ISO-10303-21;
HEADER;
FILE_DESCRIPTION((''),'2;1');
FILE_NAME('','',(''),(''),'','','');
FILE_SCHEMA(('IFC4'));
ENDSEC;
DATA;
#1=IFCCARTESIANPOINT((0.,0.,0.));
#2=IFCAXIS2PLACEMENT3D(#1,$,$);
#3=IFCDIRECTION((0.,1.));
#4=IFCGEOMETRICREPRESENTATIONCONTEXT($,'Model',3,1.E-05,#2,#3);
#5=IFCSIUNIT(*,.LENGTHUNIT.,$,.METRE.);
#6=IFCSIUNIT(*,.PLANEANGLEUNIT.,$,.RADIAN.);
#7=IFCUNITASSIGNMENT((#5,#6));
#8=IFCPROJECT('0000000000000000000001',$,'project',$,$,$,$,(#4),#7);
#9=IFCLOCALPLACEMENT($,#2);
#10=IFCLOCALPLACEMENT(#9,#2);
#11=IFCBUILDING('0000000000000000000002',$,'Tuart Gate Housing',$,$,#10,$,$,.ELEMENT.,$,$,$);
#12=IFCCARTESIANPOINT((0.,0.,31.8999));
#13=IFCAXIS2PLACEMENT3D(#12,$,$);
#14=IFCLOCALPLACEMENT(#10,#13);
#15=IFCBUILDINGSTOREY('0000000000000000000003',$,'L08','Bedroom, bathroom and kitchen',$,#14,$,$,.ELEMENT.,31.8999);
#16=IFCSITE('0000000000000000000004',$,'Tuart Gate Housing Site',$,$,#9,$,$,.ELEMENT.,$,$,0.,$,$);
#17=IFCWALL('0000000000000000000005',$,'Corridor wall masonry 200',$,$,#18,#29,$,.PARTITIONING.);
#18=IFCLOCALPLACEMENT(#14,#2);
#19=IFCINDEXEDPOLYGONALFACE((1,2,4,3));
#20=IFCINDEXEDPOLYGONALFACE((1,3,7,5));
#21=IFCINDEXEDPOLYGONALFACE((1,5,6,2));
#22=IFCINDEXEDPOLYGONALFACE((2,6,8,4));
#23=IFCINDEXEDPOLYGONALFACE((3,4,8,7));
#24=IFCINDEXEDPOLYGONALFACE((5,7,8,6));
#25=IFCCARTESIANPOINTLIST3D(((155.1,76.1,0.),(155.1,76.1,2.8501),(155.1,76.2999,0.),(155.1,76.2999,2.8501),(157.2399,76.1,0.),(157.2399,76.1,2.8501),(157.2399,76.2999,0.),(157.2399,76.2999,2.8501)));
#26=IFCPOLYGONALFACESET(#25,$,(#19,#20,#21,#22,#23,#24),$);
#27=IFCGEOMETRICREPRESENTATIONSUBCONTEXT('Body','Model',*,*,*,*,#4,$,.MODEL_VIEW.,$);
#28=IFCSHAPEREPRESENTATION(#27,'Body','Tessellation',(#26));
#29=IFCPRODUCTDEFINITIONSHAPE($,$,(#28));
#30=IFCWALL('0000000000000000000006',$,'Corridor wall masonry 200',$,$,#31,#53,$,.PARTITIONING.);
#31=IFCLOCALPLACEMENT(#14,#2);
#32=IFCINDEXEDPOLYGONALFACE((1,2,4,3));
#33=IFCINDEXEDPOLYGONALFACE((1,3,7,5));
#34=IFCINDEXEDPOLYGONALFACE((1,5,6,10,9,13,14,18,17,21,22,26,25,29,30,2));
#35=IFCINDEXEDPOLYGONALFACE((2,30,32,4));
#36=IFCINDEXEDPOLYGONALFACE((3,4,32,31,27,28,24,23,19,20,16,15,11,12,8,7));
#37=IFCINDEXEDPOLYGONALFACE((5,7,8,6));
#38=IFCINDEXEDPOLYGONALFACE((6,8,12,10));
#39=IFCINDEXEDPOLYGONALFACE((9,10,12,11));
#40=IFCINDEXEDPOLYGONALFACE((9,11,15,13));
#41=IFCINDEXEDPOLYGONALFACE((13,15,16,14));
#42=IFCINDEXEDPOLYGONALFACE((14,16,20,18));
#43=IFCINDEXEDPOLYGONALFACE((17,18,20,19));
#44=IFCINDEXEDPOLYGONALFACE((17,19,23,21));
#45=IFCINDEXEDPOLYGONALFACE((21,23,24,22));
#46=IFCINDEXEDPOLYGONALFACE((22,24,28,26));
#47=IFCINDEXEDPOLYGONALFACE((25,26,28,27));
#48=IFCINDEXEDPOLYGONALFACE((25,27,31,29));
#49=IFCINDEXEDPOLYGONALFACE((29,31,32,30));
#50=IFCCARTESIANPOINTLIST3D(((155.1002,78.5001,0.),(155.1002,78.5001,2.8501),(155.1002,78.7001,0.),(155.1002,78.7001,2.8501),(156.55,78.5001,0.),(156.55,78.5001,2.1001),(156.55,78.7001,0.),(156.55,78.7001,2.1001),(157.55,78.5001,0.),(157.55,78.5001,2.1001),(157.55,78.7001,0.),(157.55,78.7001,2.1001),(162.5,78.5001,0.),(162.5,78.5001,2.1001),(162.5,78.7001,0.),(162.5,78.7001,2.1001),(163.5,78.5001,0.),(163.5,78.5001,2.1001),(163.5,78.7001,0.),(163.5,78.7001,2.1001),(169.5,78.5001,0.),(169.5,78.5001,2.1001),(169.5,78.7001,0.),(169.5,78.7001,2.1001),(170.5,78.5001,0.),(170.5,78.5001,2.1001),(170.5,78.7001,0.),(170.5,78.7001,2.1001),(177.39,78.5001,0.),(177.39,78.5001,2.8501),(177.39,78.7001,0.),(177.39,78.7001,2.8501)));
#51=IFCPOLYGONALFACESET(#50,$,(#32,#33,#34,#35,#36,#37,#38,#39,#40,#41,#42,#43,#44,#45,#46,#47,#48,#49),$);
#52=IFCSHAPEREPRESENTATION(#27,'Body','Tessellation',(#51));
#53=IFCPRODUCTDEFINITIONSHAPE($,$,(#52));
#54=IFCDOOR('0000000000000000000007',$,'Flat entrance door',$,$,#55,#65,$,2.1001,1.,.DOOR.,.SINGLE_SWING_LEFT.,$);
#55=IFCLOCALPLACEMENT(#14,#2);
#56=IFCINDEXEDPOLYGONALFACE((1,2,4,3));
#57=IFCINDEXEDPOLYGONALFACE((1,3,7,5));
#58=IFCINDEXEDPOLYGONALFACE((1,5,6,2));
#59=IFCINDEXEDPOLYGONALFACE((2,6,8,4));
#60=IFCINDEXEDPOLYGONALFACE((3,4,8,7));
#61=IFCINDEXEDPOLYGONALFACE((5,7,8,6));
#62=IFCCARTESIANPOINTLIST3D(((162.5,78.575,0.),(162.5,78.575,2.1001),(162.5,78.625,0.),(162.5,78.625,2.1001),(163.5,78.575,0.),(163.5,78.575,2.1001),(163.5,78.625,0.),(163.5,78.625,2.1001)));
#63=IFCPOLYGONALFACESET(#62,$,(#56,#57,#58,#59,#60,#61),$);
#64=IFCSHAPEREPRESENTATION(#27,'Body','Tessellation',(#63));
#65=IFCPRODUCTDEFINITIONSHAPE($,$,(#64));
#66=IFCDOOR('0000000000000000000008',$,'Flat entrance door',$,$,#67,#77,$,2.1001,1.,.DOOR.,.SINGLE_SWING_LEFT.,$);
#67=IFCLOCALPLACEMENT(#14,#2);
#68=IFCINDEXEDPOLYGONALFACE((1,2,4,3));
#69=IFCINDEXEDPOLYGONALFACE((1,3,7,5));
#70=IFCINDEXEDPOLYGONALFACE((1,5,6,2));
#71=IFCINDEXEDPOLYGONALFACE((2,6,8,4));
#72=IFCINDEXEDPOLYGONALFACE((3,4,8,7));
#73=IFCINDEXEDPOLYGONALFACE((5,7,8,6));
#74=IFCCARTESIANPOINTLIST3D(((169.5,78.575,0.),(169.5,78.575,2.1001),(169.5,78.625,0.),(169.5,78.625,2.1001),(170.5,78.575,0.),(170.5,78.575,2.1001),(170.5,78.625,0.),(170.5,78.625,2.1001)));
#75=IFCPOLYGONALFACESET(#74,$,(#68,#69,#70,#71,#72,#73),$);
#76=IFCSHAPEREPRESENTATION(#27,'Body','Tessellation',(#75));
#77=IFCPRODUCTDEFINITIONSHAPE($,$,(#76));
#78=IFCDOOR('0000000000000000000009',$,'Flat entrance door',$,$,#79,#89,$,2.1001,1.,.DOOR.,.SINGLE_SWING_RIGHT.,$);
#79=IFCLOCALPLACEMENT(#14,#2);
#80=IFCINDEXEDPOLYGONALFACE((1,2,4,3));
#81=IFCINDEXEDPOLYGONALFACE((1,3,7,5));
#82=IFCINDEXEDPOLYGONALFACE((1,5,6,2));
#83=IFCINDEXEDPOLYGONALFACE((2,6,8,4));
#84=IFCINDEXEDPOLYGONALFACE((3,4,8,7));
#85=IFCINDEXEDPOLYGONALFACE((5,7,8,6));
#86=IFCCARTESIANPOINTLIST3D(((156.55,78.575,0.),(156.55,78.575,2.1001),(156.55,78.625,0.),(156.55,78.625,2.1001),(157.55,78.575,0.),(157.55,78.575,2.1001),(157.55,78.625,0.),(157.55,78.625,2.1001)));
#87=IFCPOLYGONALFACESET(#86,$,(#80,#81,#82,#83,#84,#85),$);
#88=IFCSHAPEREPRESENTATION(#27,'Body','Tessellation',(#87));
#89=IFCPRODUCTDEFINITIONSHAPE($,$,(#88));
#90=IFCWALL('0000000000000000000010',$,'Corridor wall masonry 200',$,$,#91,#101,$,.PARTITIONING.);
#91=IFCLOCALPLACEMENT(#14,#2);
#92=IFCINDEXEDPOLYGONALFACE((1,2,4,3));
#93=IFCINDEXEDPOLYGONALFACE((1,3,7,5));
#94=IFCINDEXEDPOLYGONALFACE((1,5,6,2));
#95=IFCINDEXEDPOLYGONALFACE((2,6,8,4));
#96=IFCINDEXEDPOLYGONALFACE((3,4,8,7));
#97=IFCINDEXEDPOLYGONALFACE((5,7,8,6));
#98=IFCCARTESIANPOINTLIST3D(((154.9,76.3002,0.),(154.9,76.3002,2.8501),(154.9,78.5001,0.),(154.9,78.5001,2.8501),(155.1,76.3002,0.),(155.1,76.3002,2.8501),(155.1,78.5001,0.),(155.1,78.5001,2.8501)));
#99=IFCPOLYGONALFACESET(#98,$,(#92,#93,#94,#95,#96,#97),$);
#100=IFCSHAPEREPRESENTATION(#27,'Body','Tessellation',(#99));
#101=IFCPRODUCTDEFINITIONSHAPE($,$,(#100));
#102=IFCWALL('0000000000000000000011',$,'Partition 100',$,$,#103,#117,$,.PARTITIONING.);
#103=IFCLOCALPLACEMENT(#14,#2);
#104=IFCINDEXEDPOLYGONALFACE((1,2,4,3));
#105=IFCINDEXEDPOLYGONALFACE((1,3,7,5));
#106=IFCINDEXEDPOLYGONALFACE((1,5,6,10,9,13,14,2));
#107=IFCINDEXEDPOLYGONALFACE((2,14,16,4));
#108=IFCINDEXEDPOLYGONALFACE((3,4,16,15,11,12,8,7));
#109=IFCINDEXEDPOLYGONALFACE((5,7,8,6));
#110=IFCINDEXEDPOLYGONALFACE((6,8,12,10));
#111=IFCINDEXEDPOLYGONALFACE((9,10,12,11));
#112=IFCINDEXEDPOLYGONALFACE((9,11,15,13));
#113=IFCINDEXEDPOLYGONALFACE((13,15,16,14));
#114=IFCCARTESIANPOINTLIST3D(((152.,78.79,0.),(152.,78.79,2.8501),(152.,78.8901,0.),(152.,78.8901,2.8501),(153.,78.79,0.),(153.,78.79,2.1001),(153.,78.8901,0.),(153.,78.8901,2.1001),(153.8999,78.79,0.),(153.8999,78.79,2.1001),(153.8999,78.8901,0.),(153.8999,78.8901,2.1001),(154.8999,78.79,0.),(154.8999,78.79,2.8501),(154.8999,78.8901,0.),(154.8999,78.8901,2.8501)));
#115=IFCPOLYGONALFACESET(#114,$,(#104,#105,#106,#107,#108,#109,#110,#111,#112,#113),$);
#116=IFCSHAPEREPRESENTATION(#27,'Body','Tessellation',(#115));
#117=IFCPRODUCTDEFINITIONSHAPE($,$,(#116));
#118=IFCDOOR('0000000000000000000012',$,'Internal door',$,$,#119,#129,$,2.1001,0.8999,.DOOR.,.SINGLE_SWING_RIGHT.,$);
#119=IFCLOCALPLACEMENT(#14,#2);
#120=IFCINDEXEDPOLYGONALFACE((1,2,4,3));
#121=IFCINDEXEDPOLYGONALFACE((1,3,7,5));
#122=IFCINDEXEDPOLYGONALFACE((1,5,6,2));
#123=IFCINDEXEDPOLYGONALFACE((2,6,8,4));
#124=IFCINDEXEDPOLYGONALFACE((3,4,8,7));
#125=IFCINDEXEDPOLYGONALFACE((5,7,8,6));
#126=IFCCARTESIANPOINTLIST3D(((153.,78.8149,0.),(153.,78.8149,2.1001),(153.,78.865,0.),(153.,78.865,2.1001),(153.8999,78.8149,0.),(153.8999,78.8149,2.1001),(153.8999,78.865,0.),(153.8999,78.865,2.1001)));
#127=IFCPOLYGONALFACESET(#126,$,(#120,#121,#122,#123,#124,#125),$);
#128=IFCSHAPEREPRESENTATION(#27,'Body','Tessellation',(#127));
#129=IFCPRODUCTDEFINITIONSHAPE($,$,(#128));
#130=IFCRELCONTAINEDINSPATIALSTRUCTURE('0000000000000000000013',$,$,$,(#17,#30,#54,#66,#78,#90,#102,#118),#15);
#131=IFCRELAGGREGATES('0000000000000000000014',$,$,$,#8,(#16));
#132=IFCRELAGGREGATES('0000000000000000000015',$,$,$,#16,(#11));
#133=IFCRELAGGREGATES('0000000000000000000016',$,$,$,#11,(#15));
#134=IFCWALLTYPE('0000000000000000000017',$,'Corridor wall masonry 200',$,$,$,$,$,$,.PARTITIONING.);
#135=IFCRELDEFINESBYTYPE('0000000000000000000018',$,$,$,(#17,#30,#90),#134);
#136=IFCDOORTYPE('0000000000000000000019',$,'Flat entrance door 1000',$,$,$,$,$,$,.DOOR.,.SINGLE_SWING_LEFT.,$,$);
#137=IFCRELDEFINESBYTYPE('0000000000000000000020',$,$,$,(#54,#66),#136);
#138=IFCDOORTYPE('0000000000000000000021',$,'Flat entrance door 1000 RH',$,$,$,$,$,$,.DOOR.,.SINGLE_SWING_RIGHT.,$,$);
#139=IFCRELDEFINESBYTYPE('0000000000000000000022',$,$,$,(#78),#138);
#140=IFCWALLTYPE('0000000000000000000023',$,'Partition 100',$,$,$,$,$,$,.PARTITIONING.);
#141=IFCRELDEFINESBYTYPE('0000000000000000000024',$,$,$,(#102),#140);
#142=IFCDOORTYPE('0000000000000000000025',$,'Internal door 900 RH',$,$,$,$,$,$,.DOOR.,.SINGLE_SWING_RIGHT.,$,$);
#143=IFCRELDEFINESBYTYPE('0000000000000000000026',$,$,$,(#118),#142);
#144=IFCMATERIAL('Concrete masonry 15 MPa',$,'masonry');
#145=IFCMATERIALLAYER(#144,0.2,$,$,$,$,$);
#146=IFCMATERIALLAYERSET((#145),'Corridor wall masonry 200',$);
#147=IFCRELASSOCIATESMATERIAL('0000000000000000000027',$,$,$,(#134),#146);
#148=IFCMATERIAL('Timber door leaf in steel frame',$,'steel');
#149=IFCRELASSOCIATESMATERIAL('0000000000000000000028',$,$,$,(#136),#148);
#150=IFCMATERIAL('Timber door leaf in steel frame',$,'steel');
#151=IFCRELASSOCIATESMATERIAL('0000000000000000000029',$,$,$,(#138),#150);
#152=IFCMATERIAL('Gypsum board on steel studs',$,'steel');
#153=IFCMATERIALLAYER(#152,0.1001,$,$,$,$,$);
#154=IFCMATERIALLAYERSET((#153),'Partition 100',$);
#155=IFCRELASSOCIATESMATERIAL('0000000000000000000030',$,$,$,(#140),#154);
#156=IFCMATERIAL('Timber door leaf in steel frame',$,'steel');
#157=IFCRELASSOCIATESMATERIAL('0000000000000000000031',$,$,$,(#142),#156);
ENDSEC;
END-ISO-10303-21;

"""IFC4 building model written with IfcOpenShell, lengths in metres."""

from ifc_helpers import new_model, si_unit, direction, frame, frame_2d, origin, place, context, subcontext, project, spatial, rectangle, extrude, material, layer, layer_set, type_object, element, fill, save


model = new_model("IFC4")

# Units and contexts
model_context = context("Model", 3, precision=1e-05, world=origin(), true_north=direction((0.0, 1.0)))
body_context = subcontext(model_context, "Body", "Model", "MODEL_VIEW")
ifc_project = project(units=[si_unit("LENGTHUNIT", "METRE"), si_unit("PLANEANGLEUNIT", "RADIAN")], contexts=[model_context])

# Site, building, storey
site_placement = place(None, origin())
site = spatial("IfcSite", under=ifc_project, at=site_placement, Name="Tuart Gate Housing Site", CompositionType="ELEMENT", RefElevation=0.0)
building_placement = place(site_placement, origin())
building = spatial("IfcBuilding", under=site, at=building_placement, Name="Tuart Gate Housing", CompositionType="ELEMENT")
storey_placement = place(building_placement, frame((0.0, 0.0, 31.8999)))
storey = spatial("IfcBuildingStorey", under=building, at=storey_placement, Name="L08", Description="Bedroom, bathroom and kitchen", CompositionType="ELEMENT", Elevation=31.8999)

# Wall
ifc_material_1 = material(Name="Concrete masonry 15 MPa", Category="masonry")
ifc_layer_1 = layer(ifc_material_1, 0.2)
ifc_layer_set_1 = layer_set([ifc_layer_1], Name="Corridor wall masonry 200")
wall_type_1 = type_object("IfcWallType", Name="Corridor wall masonry 200", PredefinedType="PARTITIONING", material=ifc_layer_set_1)
wall_1_placement = place(storey_placement, frame((155.1001, 76.2, 0.0), z_axis=(0.0, 0.0, 1.0), x_axis=(1.0, 0.0, 0.0)))
element("IfcWall", 1, at=wall_1_placement, inside=storey, type_object=wall_type_1, Name="Corridor wall masonry 200", PredefinedType="PARTITIONING", context=body_context, shape_type="SweptSolid", body=[
    extrude(rectangle(XDim=2.1399, YDim=0.2, at=frame_2d((1.0698, 0.0))), origin(), (0.0, 0.0, 1.0), 2.8501),
])

# Wall, openings, doors
wall_2_placement = place(storey_placement, frame((155.1001, 78.6001, 0.0), z_axis=(0.0, 0.0, 1.0), x_axis=(1.0, 0.0, 0.0)))
wall_2 = element("IfcWall", 2, at=wall_2_placement, inside=storey, type_object=wall_type_1, Name="Corridor wall masonry 200", PredefinedType="PARTITIONING", context=body_context, shape_type="SweptSolid", body=[
    extrude(rectangle(XDim=22.2898, YDim=0.2, at=frame_2d((11.145, 0.0))), origin(), (0.0, 0.0, 1.0), 2.8501),
])
opening_1_placement = place(wall_2_placement, frame((1.45, 0.0, 0.0)))
opening_1 = element("IfcOpeningElement", 3, at=opening_1_placement, cuts=wall_2, PredefinedType="OPENING", context=body_context, shape_type="SweptSolid", body=[
    extrude(rectangle(XDim=1.0, YDim=2.1001, at=frame_2d((0.5, 1.05))), frame((0.0, 0.1099, 0.0), z_axis=(0.0, -1.0, 0.0), x_axis=(1.0, 0.0, 0.0)), (0.0, 0.0, 1.0), 0.22),
])
opening_2_placement = place(wall_2_placement, frame((7.3999, 0.0, 0.0)))
opening_2 = element("IfcOpeningElement", 4, at=opening_2_placement, cuts=wall_2, PredefinedType="OPENING", context=body_context, shape_type="SweptSolid", body=[
    extrude(rectangle(XDim=1.0, YDim=2.1001, at=frame_2d((0.5, 1.05))), frame((0.0, 0.1099, 0.0), z_axis=(0.0, -1.0, 0.0), x_axis=(1.0, 0.0, 0.0)), (0.0, 0.0, 1.0), 0.22),
])
opening_3_placement = place(wall_2_placement, frame((14.3999, 0.0, 0.0)))
opening_3 = element("IfcOpeningElement", 5, at=opening_3_placement, cuts=wall_2, PredefinedType="OPENING", context=body_context, shape_type="SweptSolid", body=[
    extrude(rectangle(XDim=1.0, YDim=2.1001, at=frame_2d((0.5, 1.05))), frame((0.0, 0.1099, 0.0), z_axis=(0.0, -1.0, 0.0), x_axis=(1.0, 0.0, 0.0)), (0.0, 0.0, 1.0), 0.22),
])
ifc_material_2 = material(Name="Timber door leaf in steel frame", Category="steel")
door_type_1 = type_object("IfcDoorType", Name="Flat entrance door 1000", OperationType="SINGLE_SWING_LEFT", PredefinedType="DOOR", material=ifc_material_2)
door_1_placement = place(opening_2_placement, origin())
door_1 = element("IfcDoor", 6, at=door_1_placement, inside=storey, type_object=door_type_1, Name="Flat entrance door", OperationType="SINGLE_SWING_LEFT", OverallHeight=2.1001, OverallWidth=1.0, PredefinedType="DOOR", context=body_context, shape_type="SweptSolid", body=[
    extrude(rectangle(XDim=1.0, YDim=2.1001, at=frame_2d((0.5, 1.05))), frame((0.0, 0.0249, 0.0), z_axis=(0.0, -1.0, 0.0), x_axis=(1.0, 0.0, 0.0)), (0.0, 0.0, 1.0), 0.05),
])
fill(opening_2, door_1)
door_2_placement = place(opening_3_placement, origin())
door_2 = element("IfcDoor", 7, at=door_2_placement, inside=storey, type_object=door_type_1, Name="Flat entrance door", OperationType="SINGLE_SWING_LEFT", OverallHeight=2.1001, OverallWidth=1.0, PredefinedType="DOOR", context=body_context, shape_type="SweptSolid", body=[
    extrude(rectangle(XDim=1.0, YDim=2.1001, at=frame_2d((0.5, 1.05))), frame((0.0, 0.0249, 0.0), z_axis=(0.0, -1.0, 0.0), x_axis=(1.0, 0.0, 0.0)), (0.0, 0.0, 1.0), 0.05),
])
fill(opening_3, door_2)
ifc_material_3 = material(Name="Timber door leaf in steel frame", Category="steel")
door_type_2 = type_object("IfcDoorType", Name="Flat entrance door 1000 RH", OperationType="SINGLE_SWING_RIGHT", PredefinedType="DOOR", material=ifc_material_3)
door_3_placement = place(opening_1_placement, origin())
door_3 = element("IfcDoor", 8, at=door_3_placement, inside=storey, type_object=door_type_2, Name="Flat entrance door", OperationType="SINGLE_SWING_RIGHT", OverallHeight=2.1001, OverallWidth=1.0, PredefinedType="DOOR", context=body_context, shape_type="SweptSolid", body=[
    extrude(rectangle(XDim=1.0, YDim=2.1001, at=frame_2d((0.5, 1.05))), frame((0.0, 0.0249, 0.0), z_axis=(0.0, -1.0, 0.0), x_axis=(1.0, 0.0, 0.0)), (0.0, 0.0, 1.0), 0.05),
])
fill(opening_1, door_3)

# Wall
wall_3_placement = place(storey_placement, frame((155.0, 76.3, 0.0), z_axis=(0.0, 0.0, 1.0), x_axis=(0.0, 1.0, 0.0)))
element("IfcWall", 9, at=wall_3_placement, inside=storey, type_object=wall_type_1, Name="Corridor wall masonry 200", PredefinedType="PARTITIONING", context=body_context, shape_type="SweptSolid", body=[
    extrude(rectangle(XDim=2.2, YDim=0.2, at=frame_2d((1.1001, 0.0))), origin(), (0.0, 0.0, 1.0), 2.8501),
])

# Wall, opening, door
ifc_material_4 = material(Name="Gypsum board on steel studs", Category="steel")
ifc_layer_2 = layer(ifc_material_4, 0.1001)
ifc_layer_set_2 = layer_set([ifc_layer_2], Name="Partition 100")
wall_type_2 = type_object("IfcWallType", Name="Partition 100", PredefinedType="PARTITIONING", material=ifc_layer_set_2)
wall_4_placement = place(storey_placement, frame((152.0, 78.8401, 0.0), z_axis=(0.0, 0.0, 1.0), x_axis=(1.0, 0.0, 0.0)))
wall_4 = element("IfcWall", 10, at=wall_4_placement, inside=storey, type_object=wall_type_2, Name="Partition 100", PredefinedType="PARTITIONING", context=body_context, shape_type="SweptSolid", body=[
    extrude(rectangle(XDim=2.8999, YDim=0.1001, at=frame_2d((1.45, 0.0))), origin(), (0.0, 0.0, 1.0), 2.8501),
])
opening_4_placement = place(wall_4_placement, frame((1.0, 0.0, 0.0)))
opening_4 = element("IfcOpeningElement", 11, at=opening_4_placement, cuts=wall_4, PredefinedType="OPENING", context=body_context, shape_type="SweptSolid", body=[
    extrude(rectangle(XDim=0.8999, YDim=2.1001, at=frame_2d((0.45, 1.05))), frame((0.0, 0.0601, 0.0), z_axis=(0.0, -1.0, 0.0), x_axis=(1.0, 0.0, 0.0)), (0.0, 0.0, 1.0), 0.1201),
])
ifc_material_5 = material(Name="Timber door leaf in steel frame", Category="steel")
door_type_3 = type_object("IfcDoorType", Name="Internal door 900 RH", OperationType="SINGLE_SWING_RIGHT", PredefinedType="DOOR", material=ifc_material_5)
door_4_placement = place(opening_4_placement, frame((0.8999, 0.0, 0.0), z_axis=(0.0, 0.0, 1.0), x_axis=(-1.0, 0.0, 0.0)))
door_4 = element("IfcDoor", 12, at=door_4_placement, inside=storey, type_object=door_type_3, Name="Internal door", OperationType="SINGLE_SWING_RIGHT", OverallHeight=2.1001, OverallWidth=0.8999, PredefinedType="DOOR", context=body_context, shape_type="SweptSolid", body=[
    extrude(rectangle(XDim=0.8999, YDim=2.1001, at=frame_2d((0.45, 1.05))), frame((0.0, 0.0251, 0.0), z_axis=(0.0, -1.0, 0.0), x_axis=(1.0, 0.0, 0.0)), (0.0, 0.0, 1.0), 0.05),
])
fill(opening_4, door_4)

save(model, "model.ifc")
